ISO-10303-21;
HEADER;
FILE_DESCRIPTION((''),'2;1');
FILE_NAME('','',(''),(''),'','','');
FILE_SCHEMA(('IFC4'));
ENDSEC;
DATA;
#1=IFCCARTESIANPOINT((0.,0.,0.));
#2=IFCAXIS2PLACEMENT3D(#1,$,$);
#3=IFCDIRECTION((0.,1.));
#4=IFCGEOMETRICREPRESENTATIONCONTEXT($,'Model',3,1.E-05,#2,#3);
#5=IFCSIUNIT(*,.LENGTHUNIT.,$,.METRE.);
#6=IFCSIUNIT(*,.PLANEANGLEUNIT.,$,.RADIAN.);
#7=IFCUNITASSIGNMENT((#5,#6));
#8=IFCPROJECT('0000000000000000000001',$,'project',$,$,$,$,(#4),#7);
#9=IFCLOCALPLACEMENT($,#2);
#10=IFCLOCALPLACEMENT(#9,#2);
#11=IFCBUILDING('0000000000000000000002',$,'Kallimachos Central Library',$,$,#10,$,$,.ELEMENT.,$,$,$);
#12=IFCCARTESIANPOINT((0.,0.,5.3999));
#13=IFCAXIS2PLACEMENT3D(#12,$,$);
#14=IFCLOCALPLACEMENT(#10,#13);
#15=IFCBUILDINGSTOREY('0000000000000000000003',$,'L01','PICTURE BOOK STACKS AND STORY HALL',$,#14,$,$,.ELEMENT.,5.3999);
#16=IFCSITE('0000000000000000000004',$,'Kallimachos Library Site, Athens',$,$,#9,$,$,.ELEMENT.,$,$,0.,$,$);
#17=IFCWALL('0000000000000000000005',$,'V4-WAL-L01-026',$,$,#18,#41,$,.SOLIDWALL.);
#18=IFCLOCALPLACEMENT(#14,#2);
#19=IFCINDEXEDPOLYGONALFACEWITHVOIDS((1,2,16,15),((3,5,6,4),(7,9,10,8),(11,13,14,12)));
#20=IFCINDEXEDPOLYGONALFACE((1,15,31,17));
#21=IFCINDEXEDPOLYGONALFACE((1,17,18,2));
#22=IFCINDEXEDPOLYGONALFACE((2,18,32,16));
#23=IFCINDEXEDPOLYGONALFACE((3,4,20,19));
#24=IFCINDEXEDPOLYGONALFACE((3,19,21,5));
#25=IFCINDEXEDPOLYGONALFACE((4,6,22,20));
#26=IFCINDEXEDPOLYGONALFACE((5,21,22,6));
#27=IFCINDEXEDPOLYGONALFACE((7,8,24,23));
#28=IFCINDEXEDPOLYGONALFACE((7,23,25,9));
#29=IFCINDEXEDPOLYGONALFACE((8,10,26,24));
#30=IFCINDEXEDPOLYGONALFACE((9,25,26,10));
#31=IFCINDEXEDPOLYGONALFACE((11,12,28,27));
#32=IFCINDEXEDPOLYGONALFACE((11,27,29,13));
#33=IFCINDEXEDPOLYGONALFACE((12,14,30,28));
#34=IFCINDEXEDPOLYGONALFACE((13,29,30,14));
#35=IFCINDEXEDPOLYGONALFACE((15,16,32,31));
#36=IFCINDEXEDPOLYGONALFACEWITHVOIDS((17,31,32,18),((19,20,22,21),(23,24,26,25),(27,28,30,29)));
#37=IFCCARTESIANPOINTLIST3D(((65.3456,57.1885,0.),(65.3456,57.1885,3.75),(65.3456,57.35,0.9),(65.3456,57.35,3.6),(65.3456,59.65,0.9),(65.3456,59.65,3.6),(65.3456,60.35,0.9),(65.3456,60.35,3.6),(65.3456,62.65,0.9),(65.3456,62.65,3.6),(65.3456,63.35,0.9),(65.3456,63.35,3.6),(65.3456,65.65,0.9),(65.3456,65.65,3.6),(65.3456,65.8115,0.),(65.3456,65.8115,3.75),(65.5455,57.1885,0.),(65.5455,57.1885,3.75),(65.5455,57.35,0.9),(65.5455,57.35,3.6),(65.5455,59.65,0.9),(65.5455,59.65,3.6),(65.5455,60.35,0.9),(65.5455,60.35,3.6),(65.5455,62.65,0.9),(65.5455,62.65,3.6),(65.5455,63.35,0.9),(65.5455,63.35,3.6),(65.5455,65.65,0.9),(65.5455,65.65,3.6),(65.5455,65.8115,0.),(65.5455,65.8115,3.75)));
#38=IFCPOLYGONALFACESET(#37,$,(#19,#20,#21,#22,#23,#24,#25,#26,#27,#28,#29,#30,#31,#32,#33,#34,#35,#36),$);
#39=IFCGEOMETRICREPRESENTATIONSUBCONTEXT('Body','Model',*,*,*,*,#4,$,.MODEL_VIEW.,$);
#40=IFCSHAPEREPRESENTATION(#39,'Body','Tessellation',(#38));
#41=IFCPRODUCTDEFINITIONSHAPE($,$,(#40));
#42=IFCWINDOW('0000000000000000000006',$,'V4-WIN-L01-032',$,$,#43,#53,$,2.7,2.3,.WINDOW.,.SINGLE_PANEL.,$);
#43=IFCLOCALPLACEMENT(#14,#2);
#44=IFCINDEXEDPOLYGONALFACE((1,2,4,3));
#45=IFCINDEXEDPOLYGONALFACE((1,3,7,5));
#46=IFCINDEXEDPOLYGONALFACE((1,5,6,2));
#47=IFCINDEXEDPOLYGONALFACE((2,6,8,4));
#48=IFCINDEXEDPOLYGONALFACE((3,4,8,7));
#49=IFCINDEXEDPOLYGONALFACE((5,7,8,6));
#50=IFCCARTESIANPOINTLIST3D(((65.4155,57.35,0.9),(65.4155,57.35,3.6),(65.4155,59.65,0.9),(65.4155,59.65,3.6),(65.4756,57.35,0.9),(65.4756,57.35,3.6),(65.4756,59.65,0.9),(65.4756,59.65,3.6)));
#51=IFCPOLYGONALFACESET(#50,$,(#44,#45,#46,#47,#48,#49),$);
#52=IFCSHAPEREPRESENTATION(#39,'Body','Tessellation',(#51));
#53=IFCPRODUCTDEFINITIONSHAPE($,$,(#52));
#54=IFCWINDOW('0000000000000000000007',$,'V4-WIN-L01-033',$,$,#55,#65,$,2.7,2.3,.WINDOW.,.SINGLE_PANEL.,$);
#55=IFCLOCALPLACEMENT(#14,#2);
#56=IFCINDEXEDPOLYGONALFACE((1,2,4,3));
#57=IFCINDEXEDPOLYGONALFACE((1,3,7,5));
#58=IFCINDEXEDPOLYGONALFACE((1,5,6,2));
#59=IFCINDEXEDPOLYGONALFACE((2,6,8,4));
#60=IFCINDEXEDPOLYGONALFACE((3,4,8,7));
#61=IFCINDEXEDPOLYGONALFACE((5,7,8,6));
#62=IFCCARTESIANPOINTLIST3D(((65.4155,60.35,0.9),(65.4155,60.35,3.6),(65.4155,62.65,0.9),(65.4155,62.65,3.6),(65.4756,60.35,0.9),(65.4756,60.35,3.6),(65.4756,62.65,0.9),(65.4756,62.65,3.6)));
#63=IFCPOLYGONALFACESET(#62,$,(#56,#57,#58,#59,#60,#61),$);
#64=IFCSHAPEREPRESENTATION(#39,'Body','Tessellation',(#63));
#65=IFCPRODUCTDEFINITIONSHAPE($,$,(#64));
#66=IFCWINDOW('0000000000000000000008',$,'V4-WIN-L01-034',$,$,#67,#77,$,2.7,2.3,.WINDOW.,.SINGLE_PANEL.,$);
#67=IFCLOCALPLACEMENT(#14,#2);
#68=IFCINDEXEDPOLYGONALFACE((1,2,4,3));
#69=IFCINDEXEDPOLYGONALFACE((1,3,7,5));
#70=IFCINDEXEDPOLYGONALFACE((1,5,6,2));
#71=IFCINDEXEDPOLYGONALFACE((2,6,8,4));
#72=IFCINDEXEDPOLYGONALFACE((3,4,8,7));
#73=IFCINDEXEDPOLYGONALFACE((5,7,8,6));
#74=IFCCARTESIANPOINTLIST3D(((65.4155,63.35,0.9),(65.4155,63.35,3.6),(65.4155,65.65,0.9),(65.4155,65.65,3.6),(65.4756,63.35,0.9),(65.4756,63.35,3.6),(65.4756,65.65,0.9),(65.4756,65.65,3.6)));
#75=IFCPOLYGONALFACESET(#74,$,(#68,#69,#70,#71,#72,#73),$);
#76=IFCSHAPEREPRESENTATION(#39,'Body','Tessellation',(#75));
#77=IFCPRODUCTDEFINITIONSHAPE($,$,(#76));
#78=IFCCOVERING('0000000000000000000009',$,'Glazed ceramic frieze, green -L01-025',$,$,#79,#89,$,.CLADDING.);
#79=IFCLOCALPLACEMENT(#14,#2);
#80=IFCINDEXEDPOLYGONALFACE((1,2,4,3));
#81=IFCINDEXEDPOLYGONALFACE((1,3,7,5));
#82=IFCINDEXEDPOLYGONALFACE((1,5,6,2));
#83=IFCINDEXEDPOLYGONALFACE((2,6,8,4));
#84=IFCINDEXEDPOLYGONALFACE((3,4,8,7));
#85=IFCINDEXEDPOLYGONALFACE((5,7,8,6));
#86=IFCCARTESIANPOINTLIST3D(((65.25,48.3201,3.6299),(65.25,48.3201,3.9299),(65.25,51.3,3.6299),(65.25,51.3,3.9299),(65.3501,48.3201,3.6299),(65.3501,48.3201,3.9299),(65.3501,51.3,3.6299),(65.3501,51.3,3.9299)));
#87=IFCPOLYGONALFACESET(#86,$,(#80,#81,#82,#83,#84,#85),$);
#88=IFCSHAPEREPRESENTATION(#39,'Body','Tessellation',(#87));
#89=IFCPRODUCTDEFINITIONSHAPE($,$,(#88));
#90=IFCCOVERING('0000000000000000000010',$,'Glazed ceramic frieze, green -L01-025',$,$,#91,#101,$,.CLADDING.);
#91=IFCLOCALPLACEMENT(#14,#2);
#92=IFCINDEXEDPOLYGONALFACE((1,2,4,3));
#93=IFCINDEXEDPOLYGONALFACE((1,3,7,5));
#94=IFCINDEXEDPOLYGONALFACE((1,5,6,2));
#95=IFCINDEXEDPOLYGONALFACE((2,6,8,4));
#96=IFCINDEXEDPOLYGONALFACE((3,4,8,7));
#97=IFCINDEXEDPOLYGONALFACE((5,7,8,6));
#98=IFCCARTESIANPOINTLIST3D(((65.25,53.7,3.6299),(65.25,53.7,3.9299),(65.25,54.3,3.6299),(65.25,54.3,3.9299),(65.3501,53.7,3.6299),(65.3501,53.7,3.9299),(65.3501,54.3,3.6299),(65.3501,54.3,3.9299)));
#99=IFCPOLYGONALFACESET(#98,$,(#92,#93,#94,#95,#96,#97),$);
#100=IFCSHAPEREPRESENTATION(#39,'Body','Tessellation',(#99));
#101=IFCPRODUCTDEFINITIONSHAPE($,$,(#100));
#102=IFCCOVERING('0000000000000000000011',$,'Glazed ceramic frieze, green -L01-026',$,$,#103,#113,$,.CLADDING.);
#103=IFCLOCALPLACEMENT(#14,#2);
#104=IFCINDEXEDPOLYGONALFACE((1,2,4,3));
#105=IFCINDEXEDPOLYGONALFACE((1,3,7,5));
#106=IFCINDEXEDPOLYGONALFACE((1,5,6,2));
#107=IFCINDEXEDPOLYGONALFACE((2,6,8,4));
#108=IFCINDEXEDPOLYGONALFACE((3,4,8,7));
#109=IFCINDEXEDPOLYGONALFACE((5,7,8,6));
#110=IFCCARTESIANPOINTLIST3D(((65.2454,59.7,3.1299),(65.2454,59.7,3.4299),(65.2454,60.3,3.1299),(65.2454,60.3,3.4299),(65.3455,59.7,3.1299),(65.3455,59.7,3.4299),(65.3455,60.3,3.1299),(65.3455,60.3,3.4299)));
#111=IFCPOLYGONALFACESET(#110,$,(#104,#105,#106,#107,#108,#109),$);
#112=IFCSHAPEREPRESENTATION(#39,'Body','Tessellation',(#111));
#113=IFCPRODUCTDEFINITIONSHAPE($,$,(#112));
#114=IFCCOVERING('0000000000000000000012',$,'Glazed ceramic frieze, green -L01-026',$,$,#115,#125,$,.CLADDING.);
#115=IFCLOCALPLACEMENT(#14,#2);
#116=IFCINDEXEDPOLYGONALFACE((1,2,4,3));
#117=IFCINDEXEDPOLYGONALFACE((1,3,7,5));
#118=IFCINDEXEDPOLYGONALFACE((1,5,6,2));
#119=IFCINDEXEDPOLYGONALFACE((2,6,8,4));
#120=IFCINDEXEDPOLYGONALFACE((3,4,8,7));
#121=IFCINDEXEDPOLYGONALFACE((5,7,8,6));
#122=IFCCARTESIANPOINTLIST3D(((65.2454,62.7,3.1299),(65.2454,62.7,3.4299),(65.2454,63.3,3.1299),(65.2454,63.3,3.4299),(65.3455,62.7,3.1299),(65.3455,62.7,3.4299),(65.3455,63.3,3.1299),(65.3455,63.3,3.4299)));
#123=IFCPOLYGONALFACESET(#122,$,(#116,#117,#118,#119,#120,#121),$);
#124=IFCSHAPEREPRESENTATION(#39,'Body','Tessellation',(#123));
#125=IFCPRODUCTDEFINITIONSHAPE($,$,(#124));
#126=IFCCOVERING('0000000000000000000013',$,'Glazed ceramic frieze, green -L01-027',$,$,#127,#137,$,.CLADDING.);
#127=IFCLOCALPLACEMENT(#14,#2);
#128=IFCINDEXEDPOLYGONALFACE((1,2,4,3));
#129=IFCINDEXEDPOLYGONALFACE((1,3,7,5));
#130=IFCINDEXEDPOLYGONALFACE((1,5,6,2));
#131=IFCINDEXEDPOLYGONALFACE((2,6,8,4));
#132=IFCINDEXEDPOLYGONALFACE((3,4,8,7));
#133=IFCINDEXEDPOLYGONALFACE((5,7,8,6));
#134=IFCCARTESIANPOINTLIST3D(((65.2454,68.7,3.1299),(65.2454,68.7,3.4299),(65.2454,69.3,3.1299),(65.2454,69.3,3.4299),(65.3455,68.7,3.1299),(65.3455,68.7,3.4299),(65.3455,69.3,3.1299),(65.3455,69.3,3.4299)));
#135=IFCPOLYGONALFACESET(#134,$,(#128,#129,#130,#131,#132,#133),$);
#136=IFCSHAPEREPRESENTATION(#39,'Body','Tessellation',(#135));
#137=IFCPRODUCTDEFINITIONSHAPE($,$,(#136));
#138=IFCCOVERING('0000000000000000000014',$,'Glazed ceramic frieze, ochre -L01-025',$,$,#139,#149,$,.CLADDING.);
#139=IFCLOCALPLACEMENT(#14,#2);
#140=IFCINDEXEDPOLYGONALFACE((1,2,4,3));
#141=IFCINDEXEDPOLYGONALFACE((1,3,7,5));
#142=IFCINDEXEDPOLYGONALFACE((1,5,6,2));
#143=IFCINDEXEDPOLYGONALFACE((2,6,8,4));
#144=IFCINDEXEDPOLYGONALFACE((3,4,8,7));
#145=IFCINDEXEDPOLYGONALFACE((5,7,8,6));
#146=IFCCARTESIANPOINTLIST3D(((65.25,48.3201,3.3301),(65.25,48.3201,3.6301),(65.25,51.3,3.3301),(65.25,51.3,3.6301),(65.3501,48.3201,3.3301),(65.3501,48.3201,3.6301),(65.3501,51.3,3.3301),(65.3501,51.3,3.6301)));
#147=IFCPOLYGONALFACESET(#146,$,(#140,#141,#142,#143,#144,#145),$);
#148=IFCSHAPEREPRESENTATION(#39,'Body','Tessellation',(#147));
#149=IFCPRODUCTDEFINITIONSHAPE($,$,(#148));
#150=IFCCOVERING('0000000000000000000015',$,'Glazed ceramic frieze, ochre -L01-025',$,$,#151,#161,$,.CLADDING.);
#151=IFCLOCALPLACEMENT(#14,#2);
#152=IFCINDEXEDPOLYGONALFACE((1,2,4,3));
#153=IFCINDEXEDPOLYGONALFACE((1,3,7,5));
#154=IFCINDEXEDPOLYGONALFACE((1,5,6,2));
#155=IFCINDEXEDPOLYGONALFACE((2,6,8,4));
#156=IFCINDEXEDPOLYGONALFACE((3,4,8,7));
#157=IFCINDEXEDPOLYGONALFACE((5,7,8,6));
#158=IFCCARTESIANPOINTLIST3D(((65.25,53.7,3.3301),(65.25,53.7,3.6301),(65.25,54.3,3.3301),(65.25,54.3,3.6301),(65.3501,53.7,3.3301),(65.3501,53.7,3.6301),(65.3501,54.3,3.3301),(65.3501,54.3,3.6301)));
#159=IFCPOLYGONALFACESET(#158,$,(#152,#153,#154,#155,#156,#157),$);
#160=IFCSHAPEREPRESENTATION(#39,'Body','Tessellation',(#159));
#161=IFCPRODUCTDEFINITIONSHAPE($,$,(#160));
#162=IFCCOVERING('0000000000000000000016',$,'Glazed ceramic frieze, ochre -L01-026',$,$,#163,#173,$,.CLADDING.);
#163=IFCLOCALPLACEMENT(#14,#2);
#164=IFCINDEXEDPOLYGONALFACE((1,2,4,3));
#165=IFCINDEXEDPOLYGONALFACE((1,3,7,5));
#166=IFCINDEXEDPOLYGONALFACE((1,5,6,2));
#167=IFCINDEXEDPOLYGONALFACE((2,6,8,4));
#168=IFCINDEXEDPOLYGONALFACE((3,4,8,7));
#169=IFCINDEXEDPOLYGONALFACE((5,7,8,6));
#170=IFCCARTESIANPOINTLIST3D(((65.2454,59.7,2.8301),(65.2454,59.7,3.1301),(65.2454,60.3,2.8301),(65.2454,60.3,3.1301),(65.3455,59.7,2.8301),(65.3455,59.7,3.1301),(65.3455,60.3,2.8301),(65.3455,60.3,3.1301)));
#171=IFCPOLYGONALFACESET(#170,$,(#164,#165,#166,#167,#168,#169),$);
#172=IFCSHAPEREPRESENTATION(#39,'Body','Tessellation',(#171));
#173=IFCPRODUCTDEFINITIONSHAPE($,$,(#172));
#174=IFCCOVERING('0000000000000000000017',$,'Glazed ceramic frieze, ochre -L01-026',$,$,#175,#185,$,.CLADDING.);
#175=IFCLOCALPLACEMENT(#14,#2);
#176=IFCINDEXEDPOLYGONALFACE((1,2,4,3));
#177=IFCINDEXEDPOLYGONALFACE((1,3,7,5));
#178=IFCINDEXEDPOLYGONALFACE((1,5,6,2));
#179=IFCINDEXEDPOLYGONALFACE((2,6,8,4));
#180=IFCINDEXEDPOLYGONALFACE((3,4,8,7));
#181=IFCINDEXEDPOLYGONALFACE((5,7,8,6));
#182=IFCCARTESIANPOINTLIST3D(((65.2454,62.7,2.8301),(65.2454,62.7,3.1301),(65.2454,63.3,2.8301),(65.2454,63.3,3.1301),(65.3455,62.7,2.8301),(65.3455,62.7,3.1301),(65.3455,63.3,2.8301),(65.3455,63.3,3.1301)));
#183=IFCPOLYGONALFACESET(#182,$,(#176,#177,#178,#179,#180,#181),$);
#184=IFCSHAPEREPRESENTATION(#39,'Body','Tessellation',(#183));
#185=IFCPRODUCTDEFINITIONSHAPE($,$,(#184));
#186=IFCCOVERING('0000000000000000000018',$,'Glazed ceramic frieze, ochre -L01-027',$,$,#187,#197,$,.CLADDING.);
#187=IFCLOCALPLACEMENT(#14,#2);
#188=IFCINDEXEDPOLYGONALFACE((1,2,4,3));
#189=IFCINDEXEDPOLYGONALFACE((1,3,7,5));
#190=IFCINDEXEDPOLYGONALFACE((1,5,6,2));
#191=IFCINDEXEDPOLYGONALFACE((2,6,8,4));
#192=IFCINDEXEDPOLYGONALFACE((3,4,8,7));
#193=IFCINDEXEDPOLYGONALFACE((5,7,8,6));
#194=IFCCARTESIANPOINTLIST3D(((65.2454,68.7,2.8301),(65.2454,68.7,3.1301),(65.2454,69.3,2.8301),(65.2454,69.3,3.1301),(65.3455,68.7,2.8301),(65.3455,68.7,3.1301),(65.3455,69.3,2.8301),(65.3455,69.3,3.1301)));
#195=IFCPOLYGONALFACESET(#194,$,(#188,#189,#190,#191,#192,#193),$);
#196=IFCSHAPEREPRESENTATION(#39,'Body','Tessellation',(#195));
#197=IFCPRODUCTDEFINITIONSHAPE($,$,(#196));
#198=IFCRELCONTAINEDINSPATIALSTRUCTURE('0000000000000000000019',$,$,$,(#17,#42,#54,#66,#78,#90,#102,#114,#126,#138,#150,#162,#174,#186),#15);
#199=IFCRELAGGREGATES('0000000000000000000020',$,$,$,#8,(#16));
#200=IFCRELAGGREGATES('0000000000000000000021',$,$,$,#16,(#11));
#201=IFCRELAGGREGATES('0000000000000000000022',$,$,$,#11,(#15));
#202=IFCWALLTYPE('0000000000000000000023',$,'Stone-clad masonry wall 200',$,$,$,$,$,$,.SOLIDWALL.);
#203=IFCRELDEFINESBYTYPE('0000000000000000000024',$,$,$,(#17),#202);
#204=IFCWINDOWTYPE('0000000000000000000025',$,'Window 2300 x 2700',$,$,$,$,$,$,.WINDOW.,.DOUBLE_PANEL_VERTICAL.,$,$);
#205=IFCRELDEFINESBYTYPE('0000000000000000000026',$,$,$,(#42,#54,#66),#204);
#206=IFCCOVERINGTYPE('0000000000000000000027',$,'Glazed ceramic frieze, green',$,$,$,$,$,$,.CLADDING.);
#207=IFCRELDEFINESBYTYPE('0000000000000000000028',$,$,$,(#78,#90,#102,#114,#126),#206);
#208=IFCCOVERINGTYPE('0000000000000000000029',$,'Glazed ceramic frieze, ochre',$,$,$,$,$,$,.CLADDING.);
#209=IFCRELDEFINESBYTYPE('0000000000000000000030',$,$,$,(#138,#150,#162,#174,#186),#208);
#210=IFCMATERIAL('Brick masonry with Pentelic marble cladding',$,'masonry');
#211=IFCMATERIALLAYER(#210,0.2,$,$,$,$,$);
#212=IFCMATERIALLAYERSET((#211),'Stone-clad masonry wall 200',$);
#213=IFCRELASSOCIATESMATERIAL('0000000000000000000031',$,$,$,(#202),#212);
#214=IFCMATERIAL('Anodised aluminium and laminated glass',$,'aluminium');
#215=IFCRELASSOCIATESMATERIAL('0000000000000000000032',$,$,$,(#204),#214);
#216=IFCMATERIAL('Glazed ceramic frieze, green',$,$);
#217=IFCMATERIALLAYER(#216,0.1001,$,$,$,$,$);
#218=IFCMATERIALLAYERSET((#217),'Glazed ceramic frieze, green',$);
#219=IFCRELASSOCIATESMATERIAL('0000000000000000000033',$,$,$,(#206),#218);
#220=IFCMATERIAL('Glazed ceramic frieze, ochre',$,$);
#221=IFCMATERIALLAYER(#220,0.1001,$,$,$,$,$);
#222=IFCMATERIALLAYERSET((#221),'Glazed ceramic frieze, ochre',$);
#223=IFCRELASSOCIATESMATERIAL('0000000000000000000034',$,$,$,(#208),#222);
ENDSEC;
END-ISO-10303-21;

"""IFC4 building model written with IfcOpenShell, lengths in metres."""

from ifc_helpers import new_model, si_unit, direction, frame, frame_2d, origin, origin_2d, place, context, subcontext, project, spatial, rectangle, extrude, material, layer, layer_set, type_object, element, fill, save


model = new_model("IFC4")

# Units and contexts
model_context = context("Model", 3, precision=1e-05, world=origin(), true_north=direction((0.0, 1.0)))
body_context = subcontext(model_context, "Body", "Model", "MODEL_VIEW")
ifc_project = project(units=[si_unit("LENGTHUNIT", "METRE"), si_unit("PLANEANGLEUNIT", "RADIAN")], contexts=[model_context])

# Site, building, storey
site_placement = place(None, origin())
site = spatial("IfcSite", under=ifc_project, at=site_placement, Name="Kallimachos Library Site, Athens", CompositionType="ELEMENT", RefElevation=0.0)
building_placement = place(site_placement, origin())
building = spatial("IfcBuilding", under=site, at=building_placement, Name="Kallimachos Central Library", CompositionType="ELEMENT")
storey_placement = place(building_placement, frame((0.0, 0.0, 5.3999)))
storey = spatial("IfcBuildingStorey", under=building, at=storey_placement, Name="L01", Description="PICTURE BOOK STACKS AND STORY HALL", CompositionType="ELEMENT", Elevation=5.3999)

# Wall, openings, windows
ifc_material_1 = material(Name="Brick masonry with Pentelic marble cladding", Category="masonry")
ifc_layer_1 = layer(ifc_material_1, 0.2)
ifc_layer_set_1 = layer_set([ifc_layer_1], Name="Stone-clad masonry wall 200")
wall_type = type_object("IfcWallType", Name="Stone-clad masonry wall 200", PredefinedType="SOLIDWALL", material=ifc_layer_set_1)
wall_placement = place(storey_placement, frame((65.4456, 57.1885, 0.0), z_axis=(0.0, 0.0, 1.0), x_axis=(0.0, 1.0, 0.0)))
wall = element("IfcWall", 1, at=wall_placement, inside=storey, type_object=wall_type, Name="V4-WAL-L01-026", PredefinedType="SOLIDWALL", context=body_context, shape_type="SweptSolid", body=[
    extrude(rectangle(XDim=8.623, YDim=0.2, at=frame_2d((4.3115, 0.0))), origin(), (0.0, 0.0, 1.0), 3.75),
])
opening_1_placement = place(wall_placement, frame((0.1616, 0.0, 0.8999)))
opening_1 = element("IfcOpeningElement", 2, at=opening_1_placement, cuts=wall, PredefinedType="OPENING", context=body_context, shape_type="SweptSolid", body=[
    extrude(rectangle(XDim=2.3, YDim=2.7, at=frame_2d((1.1499, 1.3501))), frame((0.0, 0.1099, 0.0), z_axis=(0.0, -1.0, 0.0), x_axis=(1.0, 0.0, 0.0)), (0.0, 0.0, 1.0), 0.22),
])
opening_2_placement = place(wall_placement, frame((3.1616, 0.0, 0.8999)))
opening_2 = element("IfcOpeningElement", 3, at=opening_2_placement, cuts=wall, PredefinedType="OPENING", context=body_context, shape_type="SweptSolid", body=[
    extrude(rectangle(XDim=2.3, YDim=2.7, at=frame_2d((1.1499, 1.3501))), frame((0.0, 0.1099, 0.0), z_axis=(0.0, -1.0, 0.0), x_axis=(1.0, 0.0, 0.0)), (0.0, 0.0, 1.0), 0.22),
])
opening_3_placement = place(wall_placement, frame((6.1616, 0.0, 0.8999)))
opening_3 = element("IfcOpeningElement", 4, at=opening_3_placement, cuts=wall, PredefinedType="OPENING", context=body_context, shape_type="SweptSolid", body=[
    extrude(rectangle(XDim=2.3, YDim=2.7, at=frame_2d((1.1499, 1.3501))), frame((0.0, 0.1099, 0.0), z_axis=(0.0, -1.0, 0.0), x_axis=(1.0, 0.0, 0.0)), (0.0, 0.0, 1.0), 0.22),
])
ifc_material_2 = material(Name="Anodised aluminium and laminated glass", Category="aluminium")
window_type = type_object("IfcWindowType", Name="Window 2300 x 2700", PartitioningType="DOUBLE_PANEL_VERTICAL", PredefinedType="WINDOW", material=ifc_material_2)
window_1_placement = place(opening_1_placement, origin())
window_1 = element("IfcWindow", 5, at=window_1_placement, inside=storey, type_object=window_type, Name="V4-WIN-L01-032", OverallHeight=2.7, OverallWidth=2.3, PartitioningType="SINGLE_PANEL", PredefinedType="WINDOW", context=body_context, shape_type="SweptSolid", body=[
    extrude(rectangle(XDim=2.3, YDim=2.7, at=frame_2d((1.1499, 1.3501))), frame((0.0, 0.03, 0.0), z_axis=(0.0, -1.0, 0.0), x_axis=(1.0, 0.0, 0.0)), (0.0, 0.0, 1.0), 0.0601),
])
fill(opening_1, window_1)
window_2_placement = place(opening_2_placement, origin())
window_2 = element("IfcWindow", 6, at=window_2_placement, inside=storey, type_object=window_type, Name="V4-WIN-L01-033", OverallHeight=2.7, OverallWidth=2.3, PartitioningType="SINGLE_PANEL", PredefinedType="WINDOW", context=body_context, shape_type="SweptSolid", body=[
    extrude(rectangle(XDim=2.3, YDim=2.7, at=frame_2d((1.1499, 1.3501))), frame((0.0, 0.03, 0.0), z_axis=(0.0, -1.0, 0.0), x_axis=(1.0, 0.0, 0.0)), (0.0, 0.0, 1.0), 0.0601),
])
fill(opening_2, window_2)
window_3_placement = place(opening_3_placement, origin())
window_3 = element("IfcWindow", 7, at=window_3_placement, inside=storey, type_object=window_type, Name="V4-WIN-L01-034", OverallHeight=2.7, OverallWidth=2.3, PartitioningType="SINGLE_PANEL", PredefinedType="WINDOW", context=body_context, shape_type="SweptSolid", body=[
    extrude(rectangle(XDim=2.3, YDim=2.7, at=frame_2d((1.1499, 1.3501))), frame((0.0, 0.03, 0.0), z_axis=(0.0, -1.0, 0.0), x_axis=(1.0, 0.0, 0.0)), (0.0, 0.0, 1.0), 0.0601),
])
fill(opening_3, window_3)

# Coverings
ifc_material_3 = material(Name="Glazed ceramic frieze, green")
ifc_layer_2 = layer(ifc_material_3, 0.1001)
ifc_layer_set_2 = layer_set([ifc_layer_2], Name="Glazed ceramic frieze, green")
covering_type_1 = type_object("IfcCoveringType", Name="Glazed ceramic frieze, green", PredefinedType="CLADDING", material=ifc_layer_set_2)
covering_1_placement = place(storey_placement, frame((65.3, 49.8101, 3.6299), z_axis=(0.0, 0.0, 1.0), x_axis=(1.0, 0.0, 0.0)))
element("IfcCovering", 8, at=covering_1_placement, inside=storey, type_object=covering_type_1, Name="Glazed ceramic frieze, green -L01-025", PredefinedType="CLADDING", context=body_context, shape_type="SweptSolid", body=[
    extrude(rectangle(XDim=0.1001, YDim=2.98, at=origin_2d()), origin(), (0.0, 0.0, 1.0), 0.3),
])
for number, where, z_axis, x_axis, name in (
    (9, (65.3, 54.0, 3.6299), (0.0, 0.0, 1.0), (1.0, 0.0, 0.0), "Glazed ceramic frieze, green -L01-025"),
    (10, (65.2954, 60.0, 3.1299), (0.0, 0.0, 1.0), (1.0, 0.0, 0.0), "Glazed ceramic frieze, green -L01-026"),
    (11, (65.2954, 63.0, 3.1299), (0.0, 0.0, 1.0), (1.0, 0.0, 0.0), "Glazed ceramic frieze, green -L01-026"),
    (12, (65.2954, 69.0, 3.1299), (0.0, 0.0, 1.0), (1.0, 0.0, 0.0), "Glazed ceramic frieze, green -L01-027"),
):
    element("IfcCovering", number, at=place(storey_placement, frame(where, z_axis=z_axis, x_axis=x_axis)), inside=storey, type_object=covering_type_1, Name=name, PredefinedType="CLADDING", context=body_context, shape_type="SweptSolid", body=[
        extrude(rectangle(XDim=0.1001, YDim=0.6001, at=origin_2d()), origin(), (0.0, 0.0, 1.0), 0.3),
    ])
ifc_material_4 = material(Name="Glazed ceramic frieze, ochre")
ifc_layer_3 = layer(ifc_material_4, 0.1001)
ifc_layer_set_3 = layer_set([ifc_layer_3], Name="Glazed ceramic frieze, ochre")
covering_type_2 = type_object("IfcCoveringType", Name="Glazed ceramic frieze, ochre", PredefinedType="CLADDING", material=ifc_layer_set_3)
covering_2_placement = place(storey_placement, frame((65.3, 49.8101, 3.3301), z_axis=(0.0, 0.0, 1.0), x_axis=(1.0, 0.0, 0.0)))
element("IfcCovering", 13, at=covering_2_placement, inside=storey, type_object=covering_type_2, Name="Glazed ceramic frieze, ochre -L01-025", PredefinedType="CLADDING", context=body_context, shape_type="SweptSolid", body=[
    extrude(rectangle(XDim=0.1001, YDim=2.98, at=origin_2d()), origin(), (0.0, 0.0, 1.0), 0.3),
])
for number, where, z_axis, x_axis, name in (
    (14, (65.3, 54.0, 3.3301), (0.0, 0.0, 1.0), (1.0, 0.0, 0.0), "Glazed ceramic frieze, ochre -L01-025"),
    (15, (65.2954, 60.0, 2.8301), (0.0, 0.0, 1.0), (1.0, 0.0, 0.0), "Glazed ceramic frieze, ochre -L01-026"),
    (16, (65.2954, 63.0, 2.8301), (0.0, 0.0, 1.0), (1.0, 0.0, 0.0), "Glazed ceramic frieze, ochre -L01-026"),
    (17, (65.2954, 69.0, 2.8301), (0.0, 0.0, 1.0), (1.0, 0.0, 0.0), "Glazed ceramic frieze, ochre -L01-027"),
):
    element("IfcCovering", number, at=place(storey_placement, frame(where, z_axis=z_axis, x_axis=x_axis)), inside=storey, type_object=covering_type_2, Name=name, PredefinedType="CLADDING", context=body_context, shape_type="SweptSolid", body=[
        extrude(rectangle(XDim=0.1001, YDim=0.6001, at=origin_2d()), origin(), (0.0, 0.0, 1.0), 0.3),
    ])

save(model, "model.ifc")
